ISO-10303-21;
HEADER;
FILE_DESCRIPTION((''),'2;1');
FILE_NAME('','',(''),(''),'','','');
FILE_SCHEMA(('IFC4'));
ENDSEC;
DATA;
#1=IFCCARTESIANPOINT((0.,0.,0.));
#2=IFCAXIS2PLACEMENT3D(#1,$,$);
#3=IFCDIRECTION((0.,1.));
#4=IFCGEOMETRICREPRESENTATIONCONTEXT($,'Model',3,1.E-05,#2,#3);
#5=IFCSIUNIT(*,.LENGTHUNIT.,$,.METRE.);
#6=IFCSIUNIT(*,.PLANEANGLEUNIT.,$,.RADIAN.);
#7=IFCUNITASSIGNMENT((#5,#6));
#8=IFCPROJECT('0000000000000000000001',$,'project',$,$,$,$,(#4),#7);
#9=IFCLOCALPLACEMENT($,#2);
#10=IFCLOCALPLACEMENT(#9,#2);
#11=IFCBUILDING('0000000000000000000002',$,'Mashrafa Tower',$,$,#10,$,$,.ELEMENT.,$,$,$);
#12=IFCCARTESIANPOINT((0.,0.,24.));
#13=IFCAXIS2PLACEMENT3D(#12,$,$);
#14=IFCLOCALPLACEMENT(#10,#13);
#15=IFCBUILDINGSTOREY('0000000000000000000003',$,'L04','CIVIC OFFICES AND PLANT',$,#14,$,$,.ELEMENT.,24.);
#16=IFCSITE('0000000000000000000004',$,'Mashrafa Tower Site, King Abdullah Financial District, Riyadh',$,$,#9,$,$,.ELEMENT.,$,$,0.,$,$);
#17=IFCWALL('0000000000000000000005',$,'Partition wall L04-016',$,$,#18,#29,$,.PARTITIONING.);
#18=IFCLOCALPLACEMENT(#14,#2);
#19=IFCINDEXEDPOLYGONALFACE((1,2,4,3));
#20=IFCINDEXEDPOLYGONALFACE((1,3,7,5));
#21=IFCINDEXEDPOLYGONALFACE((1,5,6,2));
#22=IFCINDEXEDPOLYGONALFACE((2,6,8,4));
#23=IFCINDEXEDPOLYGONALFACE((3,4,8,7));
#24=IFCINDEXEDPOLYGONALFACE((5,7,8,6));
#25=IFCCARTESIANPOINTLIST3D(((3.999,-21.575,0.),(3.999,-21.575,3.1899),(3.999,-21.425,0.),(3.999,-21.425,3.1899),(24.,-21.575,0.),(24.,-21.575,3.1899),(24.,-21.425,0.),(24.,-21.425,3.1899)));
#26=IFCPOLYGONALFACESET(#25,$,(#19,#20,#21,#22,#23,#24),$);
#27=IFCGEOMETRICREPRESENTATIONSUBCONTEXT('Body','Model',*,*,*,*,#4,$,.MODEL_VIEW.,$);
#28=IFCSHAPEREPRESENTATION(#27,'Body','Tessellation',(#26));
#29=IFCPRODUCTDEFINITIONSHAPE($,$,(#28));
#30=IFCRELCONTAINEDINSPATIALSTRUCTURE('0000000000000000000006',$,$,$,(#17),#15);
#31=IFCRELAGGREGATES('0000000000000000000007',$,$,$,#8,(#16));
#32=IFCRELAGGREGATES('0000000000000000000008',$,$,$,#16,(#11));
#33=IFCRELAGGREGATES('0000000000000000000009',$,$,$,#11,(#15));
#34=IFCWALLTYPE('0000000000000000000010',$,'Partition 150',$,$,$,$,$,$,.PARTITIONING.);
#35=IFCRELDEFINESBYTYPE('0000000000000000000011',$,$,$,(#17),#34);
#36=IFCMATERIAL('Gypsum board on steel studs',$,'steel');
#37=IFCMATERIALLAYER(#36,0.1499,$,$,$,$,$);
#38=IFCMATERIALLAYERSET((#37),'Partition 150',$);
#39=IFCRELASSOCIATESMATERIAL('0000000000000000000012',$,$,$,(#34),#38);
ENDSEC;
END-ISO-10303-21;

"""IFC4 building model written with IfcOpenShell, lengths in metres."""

from ifc_helpers import new_model, si_unit, direction, frame, frame_2d, origin, place, context, subcontext, project, spatial, rectangle, extrude, material, layer, layer_set, type_object, element, save


model = new_model("IFC4")

# Units and contexts
model_context = context("Model", 3, precision=1e-05, world=origin(), true_north=direction((0.0, 1.0)))
body_context = subcontext(model_context, "Body", "Model", "MODEL_VIEW")
ifc_project = project(units=[si_unit("LENGTHUNIT", "METRE"), si_unit("PLANEANGLEUNIT", "RADIAN")], contexts=[model_context])

# Site, building, storey
site_placement = place(None, origin())
site = spatial("IfcSite", under=ifc_project, at=site_placement, Name="Mashrafa Tower Site, King Abdullah Financial District, Riyadh", CompositionType="ELEMENT", RefElevation=0.0)
building_placement = place(site_placement, origin())
building = spatial("IfcBuilding", under=site, at=building_placement, Name="Mashrafa Tower", CompositionType="ELEMENT")
storey_placement = place(building_placement, frame((0.0, 0.0, 24.0)))
storey = spatial("IfcBuildingStorey", under=building, at=storey_placement, Name="L04", Description="CIVIC OFFICES AND PLANT", CompositionType="ELEMENT", Elevation=24.0)

# Wall
ifc_material_1 = material(Name="Gypsum board on steel studs", Category="steel")
ifc_layer_1 = layer(ifc_material_1, 0.1499)
ifc_layer_set_1 = layer_set([ifc_layer_1], Name="Partition 150")
wall_type_1 = type_object("IfcWallType", Name="Partition 150", PredefinedType="PARTITIONING", material=ifc_layer_set_1)
wall_1_placement = place(storey_placement, frame((24.0, -21.5, 0.0), z_axis=(0.0, 0.0, 1.0), x_axis=(-1.0, 0.0, 0.0)))
element("IfcWall", 1, at=wall_1_placement, inside=storey, type_object=wall_type_1, Name="Partition wall L04-016", PredefinedType="PARTITIONING", context=body_context, shape_type="SweptSolid", body=[
    extrude(rectangle(XDim=20.001, YDim=0.1499, at=frame_2d((10.0005, 0.0))), origin(), (0.0, 0.0, 1.0), 3.1899),
])

save(model, "model.ifc")
